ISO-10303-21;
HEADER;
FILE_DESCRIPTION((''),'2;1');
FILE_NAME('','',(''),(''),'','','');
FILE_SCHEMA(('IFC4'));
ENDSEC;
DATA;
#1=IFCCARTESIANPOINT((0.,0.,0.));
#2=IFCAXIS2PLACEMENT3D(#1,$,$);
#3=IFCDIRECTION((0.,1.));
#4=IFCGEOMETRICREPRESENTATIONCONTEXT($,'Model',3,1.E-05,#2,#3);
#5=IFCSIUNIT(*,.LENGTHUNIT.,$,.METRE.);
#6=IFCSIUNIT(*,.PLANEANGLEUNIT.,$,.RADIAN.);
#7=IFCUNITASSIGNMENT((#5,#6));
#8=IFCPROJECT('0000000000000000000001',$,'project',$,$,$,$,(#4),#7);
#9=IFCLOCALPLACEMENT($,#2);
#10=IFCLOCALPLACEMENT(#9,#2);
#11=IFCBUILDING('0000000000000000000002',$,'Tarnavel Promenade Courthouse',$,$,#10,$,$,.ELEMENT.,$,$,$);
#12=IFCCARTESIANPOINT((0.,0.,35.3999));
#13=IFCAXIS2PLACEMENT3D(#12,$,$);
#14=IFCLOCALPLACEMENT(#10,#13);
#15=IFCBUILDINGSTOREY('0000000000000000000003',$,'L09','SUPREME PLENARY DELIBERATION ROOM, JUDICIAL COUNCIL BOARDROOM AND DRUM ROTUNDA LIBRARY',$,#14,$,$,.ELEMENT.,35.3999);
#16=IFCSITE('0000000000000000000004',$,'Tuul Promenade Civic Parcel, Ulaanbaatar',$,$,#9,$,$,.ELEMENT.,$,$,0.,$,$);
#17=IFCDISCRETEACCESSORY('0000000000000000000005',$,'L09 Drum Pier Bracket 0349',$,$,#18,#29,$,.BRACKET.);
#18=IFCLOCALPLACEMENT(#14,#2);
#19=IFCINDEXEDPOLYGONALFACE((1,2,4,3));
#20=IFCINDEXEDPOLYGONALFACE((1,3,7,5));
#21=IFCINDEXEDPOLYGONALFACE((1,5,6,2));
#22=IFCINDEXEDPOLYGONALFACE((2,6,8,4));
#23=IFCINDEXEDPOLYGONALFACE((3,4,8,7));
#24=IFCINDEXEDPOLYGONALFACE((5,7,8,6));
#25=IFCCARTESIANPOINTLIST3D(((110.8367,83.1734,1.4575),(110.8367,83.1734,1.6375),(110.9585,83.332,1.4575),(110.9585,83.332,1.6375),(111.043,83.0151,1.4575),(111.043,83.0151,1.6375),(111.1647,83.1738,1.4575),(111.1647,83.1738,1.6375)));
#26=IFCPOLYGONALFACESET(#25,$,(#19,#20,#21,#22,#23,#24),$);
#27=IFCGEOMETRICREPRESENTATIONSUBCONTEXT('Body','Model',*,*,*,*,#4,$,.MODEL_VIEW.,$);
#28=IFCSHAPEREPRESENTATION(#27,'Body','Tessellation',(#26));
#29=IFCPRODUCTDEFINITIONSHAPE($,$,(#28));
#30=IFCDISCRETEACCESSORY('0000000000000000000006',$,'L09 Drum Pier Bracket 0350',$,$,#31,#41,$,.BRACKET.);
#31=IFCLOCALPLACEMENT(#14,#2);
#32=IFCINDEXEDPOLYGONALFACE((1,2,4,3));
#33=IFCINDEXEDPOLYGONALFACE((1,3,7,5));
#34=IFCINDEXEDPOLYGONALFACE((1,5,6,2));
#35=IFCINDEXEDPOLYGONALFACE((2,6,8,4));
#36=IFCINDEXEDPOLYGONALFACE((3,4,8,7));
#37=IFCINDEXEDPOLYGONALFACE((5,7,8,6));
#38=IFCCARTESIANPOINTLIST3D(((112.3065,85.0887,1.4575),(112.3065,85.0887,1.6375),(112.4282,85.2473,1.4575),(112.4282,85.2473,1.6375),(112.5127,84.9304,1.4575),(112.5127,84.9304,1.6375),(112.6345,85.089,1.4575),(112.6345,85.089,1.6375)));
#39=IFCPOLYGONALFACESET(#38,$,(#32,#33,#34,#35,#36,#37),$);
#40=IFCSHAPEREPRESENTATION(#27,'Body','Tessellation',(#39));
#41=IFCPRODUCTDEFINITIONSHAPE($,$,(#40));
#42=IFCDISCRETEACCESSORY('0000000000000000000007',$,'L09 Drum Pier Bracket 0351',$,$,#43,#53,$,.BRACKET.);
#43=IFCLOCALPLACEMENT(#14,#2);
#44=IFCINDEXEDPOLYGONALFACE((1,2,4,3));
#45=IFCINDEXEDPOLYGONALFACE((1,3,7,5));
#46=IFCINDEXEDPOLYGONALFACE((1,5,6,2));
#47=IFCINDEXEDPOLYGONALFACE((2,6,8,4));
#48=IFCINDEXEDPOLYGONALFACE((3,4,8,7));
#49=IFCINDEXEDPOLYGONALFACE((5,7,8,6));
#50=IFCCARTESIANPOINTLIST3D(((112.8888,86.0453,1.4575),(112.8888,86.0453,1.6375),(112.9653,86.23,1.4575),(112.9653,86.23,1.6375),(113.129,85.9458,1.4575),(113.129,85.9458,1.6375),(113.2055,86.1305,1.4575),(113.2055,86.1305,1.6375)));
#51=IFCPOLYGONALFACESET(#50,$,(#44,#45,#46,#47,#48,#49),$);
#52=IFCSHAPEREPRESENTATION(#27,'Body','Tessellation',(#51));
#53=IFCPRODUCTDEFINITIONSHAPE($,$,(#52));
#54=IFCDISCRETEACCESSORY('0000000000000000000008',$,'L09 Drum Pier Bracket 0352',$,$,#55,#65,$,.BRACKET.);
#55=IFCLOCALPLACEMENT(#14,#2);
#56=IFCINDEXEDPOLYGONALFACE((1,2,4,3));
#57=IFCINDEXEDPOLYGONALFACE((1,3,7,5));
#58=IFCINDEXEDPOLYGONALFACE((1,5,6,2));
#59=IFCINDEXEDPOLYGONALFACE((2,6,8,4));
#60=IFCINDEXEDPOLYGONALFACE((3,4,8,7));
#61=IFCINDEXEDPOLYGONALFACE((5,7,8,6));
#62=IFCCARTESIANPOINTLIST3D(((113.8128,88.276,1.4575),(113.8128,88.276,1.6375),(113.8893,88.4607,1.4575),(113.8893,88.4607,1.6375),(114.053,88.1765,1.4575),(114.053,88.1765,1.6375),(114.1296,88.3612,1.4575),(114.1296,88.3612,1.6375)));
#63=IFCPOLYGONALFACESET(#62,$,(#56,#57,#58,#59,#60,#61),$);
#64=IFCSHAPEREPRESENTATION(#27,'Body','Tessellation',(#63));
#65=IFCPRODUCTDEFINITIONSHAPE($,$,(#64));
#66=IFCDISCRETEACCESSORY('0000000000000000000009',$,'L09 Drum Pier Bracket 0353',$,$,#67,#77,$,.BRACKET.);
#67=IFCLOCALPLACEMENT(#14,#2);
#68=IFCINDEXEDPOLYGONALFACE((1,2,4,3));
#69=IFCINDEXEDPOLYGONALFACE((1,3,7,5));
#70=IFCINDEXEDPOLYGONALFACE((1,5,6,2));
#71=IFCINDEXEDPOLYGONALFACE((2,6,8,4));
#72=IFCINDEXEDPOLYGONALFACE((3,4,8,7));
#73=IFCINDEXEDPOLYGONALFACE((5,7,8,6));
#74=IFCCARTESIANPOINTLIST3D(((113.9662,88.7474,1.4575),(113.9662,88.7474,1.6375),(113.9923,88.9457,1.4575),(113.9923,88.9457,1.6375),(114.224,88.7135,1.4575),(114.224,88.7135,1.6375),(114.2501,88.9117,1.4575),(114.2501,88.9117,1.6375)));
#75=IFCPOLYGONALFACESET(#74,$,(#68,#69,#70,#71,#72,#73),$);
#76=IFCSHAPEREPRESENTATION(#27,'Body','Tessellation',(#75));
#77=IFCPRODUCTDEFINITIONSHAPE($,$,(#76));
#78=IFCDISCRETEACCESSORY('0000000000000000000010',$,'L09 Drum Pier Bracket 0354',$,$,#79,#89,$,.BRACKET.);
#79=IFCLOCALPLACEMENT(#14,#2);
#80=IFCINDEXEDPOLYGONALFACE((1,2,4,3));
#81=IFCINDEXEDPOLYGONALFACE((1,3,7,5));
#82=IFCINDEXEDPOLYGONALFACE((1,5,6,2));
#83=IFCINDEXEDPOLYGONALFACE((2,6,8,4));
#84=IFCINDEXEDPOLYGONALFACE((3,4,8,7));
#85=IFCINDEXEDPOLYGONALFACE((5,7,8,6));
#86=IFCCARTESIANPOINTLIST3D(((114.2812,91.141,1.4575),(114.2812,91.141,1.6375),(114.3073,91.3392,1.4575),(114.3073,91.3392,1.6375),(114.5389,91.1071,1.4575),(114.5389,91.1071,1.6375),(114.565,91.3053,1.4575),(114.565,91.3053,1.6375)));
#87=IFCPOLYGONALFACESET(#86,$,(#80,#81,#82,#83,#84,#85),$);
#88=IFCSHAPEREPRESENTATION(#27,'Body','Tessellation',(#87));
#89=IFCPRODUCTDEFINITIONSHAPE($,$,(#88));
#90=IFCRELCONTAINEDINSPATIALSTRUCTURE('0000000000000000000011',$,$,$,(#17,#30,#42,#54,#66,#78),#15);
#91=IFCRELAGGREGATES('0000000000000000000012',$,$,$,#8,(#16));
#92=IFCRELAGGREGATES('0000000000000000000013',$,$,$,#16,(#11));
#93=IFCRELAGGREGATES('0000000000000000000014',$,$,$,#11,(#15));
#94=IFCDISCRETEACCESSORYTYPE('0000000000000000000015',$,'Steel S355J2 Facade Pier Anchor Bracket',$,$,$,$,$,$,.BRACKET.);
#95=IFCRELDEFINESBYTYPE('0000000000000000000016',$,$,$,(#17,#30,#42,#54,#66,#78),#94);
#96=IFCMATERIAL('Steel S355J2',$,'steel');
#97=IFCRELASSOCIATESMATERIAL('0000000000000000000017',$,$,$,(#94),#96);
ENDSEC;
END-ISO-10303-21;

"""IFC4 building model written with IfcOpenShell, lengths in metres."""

from ifc_helpers import new_model, si_unit, direction, frame, origin, origin_2d, place, context, subcontext, project, spatial, rectangle, extrude, material, type_object, element, save


model = new_model("IFC4")

# Units and contexts
model_context = context("Model", 3, precision=1e-05, world=origin(), true_north=direction((0.0, 1.0)))
body_context = subcontext(model_context, "Body", "Model", "MODEL_VIEW")
ifc_project = project(units=[si_unit("LENGTHUNIT", "METRE"), si_unit("PLANEANGLEUNIT", "RADIAN")], contexts=[model_context])

# Site, building, storey
site_placement = place(None, origin())
site = spatial("IfcSite", under=ifc_project, at=site_placement, Name="Tuul Promenade Civic Parcel, Ulaanbaatar", CompositionType="ELEMENT", RefElevation=0.0)
building_placement = place(site_placement, origin())
building = spatial("IfcBuilding", under=site, at=building_placement, Name="Tarnavel Promenade Courthouse", CompositionType="ELEMENT")
storey_placement = place(building_placement, frame((0.0, 0.0, 35.3999)))
storey = spatial("IfcBuildingStorey", under=building, at=storey_placement, Name="L09", Description="SUPREME PLENARY DELIBERATION ROOM, JUDICIAL COUNCIL BOARDROOM AND DRUM ROTUNDA LIBRARY", CompositionType="ELEMENT", Elevation=35.3999)

# Shared definitions
ifc_material_1 = material(Name="Steel S355J2", Category="steel")

# Discrete accessories
discrete_accessory_type = type_object("IfcDiscreteAccessoryType", Name="Steel S355J2 Facade Pier Anchor Bracket", PredefinedType="BRACKET", material=ifc_material_1)
for number, where, z_axis, x_axis, name in (
    (1, (111.0007, 83.1736, 1.4575), (0.0, 0.0, 1.0), (0.608761, 0.793353, 0.0), "L09 Drum Pier Bracket 0349"),
    (2, (112.4705, 85.0889, 1.4575), (0.0, 0.0, 1.0), (0.608761, 0.793353, 0.0), "L09 Drum Pier Bracket 0350"),
    (3, (113.0471, 86.0879, 1.4575), (0.0, 0.0, 1.0), (0.382683, 0.92388, 0.0), "L09 Drum Pier Bracket 0351"),
    (4, (113.9712, 88.3186, 1.4575), (0.0, 0.0, 1.0), (0.382683, 0.92388, 0.0), "L09 Drum Pier Bracket 0352"),
    (5, (114.1082, 88.8296, 1.4575), (0.0, 0.0, 1.0), (0.130526, 0.991445, 0.0), "L09 Drum Pier Bracket 0353"),
    (6, (114.4231, 91.2231, 1.4575), (0.0, 0.0, 1.0), (0.130526, 0.991445, 0.0), "L09 Drum Pier Bracket 0354"),
):
    element("IfcDiscreteAccessory", number, at=place(storey_placement, frame(where, z_axis=z_axis, x_axis=x_axis)), inside=storey, type_object=discrete_accessory_type, Name=name, PredefinedType="BRACKET", context=body_context, shape_type="SweptSolid", body=[
        extrude(rectangle(XDim=0.2, YDim=0.26, at=origin_2d()), origin(), (0.0, 0.0, 1.0), 0.1799),
    ])

save(model, "model.ifc")
